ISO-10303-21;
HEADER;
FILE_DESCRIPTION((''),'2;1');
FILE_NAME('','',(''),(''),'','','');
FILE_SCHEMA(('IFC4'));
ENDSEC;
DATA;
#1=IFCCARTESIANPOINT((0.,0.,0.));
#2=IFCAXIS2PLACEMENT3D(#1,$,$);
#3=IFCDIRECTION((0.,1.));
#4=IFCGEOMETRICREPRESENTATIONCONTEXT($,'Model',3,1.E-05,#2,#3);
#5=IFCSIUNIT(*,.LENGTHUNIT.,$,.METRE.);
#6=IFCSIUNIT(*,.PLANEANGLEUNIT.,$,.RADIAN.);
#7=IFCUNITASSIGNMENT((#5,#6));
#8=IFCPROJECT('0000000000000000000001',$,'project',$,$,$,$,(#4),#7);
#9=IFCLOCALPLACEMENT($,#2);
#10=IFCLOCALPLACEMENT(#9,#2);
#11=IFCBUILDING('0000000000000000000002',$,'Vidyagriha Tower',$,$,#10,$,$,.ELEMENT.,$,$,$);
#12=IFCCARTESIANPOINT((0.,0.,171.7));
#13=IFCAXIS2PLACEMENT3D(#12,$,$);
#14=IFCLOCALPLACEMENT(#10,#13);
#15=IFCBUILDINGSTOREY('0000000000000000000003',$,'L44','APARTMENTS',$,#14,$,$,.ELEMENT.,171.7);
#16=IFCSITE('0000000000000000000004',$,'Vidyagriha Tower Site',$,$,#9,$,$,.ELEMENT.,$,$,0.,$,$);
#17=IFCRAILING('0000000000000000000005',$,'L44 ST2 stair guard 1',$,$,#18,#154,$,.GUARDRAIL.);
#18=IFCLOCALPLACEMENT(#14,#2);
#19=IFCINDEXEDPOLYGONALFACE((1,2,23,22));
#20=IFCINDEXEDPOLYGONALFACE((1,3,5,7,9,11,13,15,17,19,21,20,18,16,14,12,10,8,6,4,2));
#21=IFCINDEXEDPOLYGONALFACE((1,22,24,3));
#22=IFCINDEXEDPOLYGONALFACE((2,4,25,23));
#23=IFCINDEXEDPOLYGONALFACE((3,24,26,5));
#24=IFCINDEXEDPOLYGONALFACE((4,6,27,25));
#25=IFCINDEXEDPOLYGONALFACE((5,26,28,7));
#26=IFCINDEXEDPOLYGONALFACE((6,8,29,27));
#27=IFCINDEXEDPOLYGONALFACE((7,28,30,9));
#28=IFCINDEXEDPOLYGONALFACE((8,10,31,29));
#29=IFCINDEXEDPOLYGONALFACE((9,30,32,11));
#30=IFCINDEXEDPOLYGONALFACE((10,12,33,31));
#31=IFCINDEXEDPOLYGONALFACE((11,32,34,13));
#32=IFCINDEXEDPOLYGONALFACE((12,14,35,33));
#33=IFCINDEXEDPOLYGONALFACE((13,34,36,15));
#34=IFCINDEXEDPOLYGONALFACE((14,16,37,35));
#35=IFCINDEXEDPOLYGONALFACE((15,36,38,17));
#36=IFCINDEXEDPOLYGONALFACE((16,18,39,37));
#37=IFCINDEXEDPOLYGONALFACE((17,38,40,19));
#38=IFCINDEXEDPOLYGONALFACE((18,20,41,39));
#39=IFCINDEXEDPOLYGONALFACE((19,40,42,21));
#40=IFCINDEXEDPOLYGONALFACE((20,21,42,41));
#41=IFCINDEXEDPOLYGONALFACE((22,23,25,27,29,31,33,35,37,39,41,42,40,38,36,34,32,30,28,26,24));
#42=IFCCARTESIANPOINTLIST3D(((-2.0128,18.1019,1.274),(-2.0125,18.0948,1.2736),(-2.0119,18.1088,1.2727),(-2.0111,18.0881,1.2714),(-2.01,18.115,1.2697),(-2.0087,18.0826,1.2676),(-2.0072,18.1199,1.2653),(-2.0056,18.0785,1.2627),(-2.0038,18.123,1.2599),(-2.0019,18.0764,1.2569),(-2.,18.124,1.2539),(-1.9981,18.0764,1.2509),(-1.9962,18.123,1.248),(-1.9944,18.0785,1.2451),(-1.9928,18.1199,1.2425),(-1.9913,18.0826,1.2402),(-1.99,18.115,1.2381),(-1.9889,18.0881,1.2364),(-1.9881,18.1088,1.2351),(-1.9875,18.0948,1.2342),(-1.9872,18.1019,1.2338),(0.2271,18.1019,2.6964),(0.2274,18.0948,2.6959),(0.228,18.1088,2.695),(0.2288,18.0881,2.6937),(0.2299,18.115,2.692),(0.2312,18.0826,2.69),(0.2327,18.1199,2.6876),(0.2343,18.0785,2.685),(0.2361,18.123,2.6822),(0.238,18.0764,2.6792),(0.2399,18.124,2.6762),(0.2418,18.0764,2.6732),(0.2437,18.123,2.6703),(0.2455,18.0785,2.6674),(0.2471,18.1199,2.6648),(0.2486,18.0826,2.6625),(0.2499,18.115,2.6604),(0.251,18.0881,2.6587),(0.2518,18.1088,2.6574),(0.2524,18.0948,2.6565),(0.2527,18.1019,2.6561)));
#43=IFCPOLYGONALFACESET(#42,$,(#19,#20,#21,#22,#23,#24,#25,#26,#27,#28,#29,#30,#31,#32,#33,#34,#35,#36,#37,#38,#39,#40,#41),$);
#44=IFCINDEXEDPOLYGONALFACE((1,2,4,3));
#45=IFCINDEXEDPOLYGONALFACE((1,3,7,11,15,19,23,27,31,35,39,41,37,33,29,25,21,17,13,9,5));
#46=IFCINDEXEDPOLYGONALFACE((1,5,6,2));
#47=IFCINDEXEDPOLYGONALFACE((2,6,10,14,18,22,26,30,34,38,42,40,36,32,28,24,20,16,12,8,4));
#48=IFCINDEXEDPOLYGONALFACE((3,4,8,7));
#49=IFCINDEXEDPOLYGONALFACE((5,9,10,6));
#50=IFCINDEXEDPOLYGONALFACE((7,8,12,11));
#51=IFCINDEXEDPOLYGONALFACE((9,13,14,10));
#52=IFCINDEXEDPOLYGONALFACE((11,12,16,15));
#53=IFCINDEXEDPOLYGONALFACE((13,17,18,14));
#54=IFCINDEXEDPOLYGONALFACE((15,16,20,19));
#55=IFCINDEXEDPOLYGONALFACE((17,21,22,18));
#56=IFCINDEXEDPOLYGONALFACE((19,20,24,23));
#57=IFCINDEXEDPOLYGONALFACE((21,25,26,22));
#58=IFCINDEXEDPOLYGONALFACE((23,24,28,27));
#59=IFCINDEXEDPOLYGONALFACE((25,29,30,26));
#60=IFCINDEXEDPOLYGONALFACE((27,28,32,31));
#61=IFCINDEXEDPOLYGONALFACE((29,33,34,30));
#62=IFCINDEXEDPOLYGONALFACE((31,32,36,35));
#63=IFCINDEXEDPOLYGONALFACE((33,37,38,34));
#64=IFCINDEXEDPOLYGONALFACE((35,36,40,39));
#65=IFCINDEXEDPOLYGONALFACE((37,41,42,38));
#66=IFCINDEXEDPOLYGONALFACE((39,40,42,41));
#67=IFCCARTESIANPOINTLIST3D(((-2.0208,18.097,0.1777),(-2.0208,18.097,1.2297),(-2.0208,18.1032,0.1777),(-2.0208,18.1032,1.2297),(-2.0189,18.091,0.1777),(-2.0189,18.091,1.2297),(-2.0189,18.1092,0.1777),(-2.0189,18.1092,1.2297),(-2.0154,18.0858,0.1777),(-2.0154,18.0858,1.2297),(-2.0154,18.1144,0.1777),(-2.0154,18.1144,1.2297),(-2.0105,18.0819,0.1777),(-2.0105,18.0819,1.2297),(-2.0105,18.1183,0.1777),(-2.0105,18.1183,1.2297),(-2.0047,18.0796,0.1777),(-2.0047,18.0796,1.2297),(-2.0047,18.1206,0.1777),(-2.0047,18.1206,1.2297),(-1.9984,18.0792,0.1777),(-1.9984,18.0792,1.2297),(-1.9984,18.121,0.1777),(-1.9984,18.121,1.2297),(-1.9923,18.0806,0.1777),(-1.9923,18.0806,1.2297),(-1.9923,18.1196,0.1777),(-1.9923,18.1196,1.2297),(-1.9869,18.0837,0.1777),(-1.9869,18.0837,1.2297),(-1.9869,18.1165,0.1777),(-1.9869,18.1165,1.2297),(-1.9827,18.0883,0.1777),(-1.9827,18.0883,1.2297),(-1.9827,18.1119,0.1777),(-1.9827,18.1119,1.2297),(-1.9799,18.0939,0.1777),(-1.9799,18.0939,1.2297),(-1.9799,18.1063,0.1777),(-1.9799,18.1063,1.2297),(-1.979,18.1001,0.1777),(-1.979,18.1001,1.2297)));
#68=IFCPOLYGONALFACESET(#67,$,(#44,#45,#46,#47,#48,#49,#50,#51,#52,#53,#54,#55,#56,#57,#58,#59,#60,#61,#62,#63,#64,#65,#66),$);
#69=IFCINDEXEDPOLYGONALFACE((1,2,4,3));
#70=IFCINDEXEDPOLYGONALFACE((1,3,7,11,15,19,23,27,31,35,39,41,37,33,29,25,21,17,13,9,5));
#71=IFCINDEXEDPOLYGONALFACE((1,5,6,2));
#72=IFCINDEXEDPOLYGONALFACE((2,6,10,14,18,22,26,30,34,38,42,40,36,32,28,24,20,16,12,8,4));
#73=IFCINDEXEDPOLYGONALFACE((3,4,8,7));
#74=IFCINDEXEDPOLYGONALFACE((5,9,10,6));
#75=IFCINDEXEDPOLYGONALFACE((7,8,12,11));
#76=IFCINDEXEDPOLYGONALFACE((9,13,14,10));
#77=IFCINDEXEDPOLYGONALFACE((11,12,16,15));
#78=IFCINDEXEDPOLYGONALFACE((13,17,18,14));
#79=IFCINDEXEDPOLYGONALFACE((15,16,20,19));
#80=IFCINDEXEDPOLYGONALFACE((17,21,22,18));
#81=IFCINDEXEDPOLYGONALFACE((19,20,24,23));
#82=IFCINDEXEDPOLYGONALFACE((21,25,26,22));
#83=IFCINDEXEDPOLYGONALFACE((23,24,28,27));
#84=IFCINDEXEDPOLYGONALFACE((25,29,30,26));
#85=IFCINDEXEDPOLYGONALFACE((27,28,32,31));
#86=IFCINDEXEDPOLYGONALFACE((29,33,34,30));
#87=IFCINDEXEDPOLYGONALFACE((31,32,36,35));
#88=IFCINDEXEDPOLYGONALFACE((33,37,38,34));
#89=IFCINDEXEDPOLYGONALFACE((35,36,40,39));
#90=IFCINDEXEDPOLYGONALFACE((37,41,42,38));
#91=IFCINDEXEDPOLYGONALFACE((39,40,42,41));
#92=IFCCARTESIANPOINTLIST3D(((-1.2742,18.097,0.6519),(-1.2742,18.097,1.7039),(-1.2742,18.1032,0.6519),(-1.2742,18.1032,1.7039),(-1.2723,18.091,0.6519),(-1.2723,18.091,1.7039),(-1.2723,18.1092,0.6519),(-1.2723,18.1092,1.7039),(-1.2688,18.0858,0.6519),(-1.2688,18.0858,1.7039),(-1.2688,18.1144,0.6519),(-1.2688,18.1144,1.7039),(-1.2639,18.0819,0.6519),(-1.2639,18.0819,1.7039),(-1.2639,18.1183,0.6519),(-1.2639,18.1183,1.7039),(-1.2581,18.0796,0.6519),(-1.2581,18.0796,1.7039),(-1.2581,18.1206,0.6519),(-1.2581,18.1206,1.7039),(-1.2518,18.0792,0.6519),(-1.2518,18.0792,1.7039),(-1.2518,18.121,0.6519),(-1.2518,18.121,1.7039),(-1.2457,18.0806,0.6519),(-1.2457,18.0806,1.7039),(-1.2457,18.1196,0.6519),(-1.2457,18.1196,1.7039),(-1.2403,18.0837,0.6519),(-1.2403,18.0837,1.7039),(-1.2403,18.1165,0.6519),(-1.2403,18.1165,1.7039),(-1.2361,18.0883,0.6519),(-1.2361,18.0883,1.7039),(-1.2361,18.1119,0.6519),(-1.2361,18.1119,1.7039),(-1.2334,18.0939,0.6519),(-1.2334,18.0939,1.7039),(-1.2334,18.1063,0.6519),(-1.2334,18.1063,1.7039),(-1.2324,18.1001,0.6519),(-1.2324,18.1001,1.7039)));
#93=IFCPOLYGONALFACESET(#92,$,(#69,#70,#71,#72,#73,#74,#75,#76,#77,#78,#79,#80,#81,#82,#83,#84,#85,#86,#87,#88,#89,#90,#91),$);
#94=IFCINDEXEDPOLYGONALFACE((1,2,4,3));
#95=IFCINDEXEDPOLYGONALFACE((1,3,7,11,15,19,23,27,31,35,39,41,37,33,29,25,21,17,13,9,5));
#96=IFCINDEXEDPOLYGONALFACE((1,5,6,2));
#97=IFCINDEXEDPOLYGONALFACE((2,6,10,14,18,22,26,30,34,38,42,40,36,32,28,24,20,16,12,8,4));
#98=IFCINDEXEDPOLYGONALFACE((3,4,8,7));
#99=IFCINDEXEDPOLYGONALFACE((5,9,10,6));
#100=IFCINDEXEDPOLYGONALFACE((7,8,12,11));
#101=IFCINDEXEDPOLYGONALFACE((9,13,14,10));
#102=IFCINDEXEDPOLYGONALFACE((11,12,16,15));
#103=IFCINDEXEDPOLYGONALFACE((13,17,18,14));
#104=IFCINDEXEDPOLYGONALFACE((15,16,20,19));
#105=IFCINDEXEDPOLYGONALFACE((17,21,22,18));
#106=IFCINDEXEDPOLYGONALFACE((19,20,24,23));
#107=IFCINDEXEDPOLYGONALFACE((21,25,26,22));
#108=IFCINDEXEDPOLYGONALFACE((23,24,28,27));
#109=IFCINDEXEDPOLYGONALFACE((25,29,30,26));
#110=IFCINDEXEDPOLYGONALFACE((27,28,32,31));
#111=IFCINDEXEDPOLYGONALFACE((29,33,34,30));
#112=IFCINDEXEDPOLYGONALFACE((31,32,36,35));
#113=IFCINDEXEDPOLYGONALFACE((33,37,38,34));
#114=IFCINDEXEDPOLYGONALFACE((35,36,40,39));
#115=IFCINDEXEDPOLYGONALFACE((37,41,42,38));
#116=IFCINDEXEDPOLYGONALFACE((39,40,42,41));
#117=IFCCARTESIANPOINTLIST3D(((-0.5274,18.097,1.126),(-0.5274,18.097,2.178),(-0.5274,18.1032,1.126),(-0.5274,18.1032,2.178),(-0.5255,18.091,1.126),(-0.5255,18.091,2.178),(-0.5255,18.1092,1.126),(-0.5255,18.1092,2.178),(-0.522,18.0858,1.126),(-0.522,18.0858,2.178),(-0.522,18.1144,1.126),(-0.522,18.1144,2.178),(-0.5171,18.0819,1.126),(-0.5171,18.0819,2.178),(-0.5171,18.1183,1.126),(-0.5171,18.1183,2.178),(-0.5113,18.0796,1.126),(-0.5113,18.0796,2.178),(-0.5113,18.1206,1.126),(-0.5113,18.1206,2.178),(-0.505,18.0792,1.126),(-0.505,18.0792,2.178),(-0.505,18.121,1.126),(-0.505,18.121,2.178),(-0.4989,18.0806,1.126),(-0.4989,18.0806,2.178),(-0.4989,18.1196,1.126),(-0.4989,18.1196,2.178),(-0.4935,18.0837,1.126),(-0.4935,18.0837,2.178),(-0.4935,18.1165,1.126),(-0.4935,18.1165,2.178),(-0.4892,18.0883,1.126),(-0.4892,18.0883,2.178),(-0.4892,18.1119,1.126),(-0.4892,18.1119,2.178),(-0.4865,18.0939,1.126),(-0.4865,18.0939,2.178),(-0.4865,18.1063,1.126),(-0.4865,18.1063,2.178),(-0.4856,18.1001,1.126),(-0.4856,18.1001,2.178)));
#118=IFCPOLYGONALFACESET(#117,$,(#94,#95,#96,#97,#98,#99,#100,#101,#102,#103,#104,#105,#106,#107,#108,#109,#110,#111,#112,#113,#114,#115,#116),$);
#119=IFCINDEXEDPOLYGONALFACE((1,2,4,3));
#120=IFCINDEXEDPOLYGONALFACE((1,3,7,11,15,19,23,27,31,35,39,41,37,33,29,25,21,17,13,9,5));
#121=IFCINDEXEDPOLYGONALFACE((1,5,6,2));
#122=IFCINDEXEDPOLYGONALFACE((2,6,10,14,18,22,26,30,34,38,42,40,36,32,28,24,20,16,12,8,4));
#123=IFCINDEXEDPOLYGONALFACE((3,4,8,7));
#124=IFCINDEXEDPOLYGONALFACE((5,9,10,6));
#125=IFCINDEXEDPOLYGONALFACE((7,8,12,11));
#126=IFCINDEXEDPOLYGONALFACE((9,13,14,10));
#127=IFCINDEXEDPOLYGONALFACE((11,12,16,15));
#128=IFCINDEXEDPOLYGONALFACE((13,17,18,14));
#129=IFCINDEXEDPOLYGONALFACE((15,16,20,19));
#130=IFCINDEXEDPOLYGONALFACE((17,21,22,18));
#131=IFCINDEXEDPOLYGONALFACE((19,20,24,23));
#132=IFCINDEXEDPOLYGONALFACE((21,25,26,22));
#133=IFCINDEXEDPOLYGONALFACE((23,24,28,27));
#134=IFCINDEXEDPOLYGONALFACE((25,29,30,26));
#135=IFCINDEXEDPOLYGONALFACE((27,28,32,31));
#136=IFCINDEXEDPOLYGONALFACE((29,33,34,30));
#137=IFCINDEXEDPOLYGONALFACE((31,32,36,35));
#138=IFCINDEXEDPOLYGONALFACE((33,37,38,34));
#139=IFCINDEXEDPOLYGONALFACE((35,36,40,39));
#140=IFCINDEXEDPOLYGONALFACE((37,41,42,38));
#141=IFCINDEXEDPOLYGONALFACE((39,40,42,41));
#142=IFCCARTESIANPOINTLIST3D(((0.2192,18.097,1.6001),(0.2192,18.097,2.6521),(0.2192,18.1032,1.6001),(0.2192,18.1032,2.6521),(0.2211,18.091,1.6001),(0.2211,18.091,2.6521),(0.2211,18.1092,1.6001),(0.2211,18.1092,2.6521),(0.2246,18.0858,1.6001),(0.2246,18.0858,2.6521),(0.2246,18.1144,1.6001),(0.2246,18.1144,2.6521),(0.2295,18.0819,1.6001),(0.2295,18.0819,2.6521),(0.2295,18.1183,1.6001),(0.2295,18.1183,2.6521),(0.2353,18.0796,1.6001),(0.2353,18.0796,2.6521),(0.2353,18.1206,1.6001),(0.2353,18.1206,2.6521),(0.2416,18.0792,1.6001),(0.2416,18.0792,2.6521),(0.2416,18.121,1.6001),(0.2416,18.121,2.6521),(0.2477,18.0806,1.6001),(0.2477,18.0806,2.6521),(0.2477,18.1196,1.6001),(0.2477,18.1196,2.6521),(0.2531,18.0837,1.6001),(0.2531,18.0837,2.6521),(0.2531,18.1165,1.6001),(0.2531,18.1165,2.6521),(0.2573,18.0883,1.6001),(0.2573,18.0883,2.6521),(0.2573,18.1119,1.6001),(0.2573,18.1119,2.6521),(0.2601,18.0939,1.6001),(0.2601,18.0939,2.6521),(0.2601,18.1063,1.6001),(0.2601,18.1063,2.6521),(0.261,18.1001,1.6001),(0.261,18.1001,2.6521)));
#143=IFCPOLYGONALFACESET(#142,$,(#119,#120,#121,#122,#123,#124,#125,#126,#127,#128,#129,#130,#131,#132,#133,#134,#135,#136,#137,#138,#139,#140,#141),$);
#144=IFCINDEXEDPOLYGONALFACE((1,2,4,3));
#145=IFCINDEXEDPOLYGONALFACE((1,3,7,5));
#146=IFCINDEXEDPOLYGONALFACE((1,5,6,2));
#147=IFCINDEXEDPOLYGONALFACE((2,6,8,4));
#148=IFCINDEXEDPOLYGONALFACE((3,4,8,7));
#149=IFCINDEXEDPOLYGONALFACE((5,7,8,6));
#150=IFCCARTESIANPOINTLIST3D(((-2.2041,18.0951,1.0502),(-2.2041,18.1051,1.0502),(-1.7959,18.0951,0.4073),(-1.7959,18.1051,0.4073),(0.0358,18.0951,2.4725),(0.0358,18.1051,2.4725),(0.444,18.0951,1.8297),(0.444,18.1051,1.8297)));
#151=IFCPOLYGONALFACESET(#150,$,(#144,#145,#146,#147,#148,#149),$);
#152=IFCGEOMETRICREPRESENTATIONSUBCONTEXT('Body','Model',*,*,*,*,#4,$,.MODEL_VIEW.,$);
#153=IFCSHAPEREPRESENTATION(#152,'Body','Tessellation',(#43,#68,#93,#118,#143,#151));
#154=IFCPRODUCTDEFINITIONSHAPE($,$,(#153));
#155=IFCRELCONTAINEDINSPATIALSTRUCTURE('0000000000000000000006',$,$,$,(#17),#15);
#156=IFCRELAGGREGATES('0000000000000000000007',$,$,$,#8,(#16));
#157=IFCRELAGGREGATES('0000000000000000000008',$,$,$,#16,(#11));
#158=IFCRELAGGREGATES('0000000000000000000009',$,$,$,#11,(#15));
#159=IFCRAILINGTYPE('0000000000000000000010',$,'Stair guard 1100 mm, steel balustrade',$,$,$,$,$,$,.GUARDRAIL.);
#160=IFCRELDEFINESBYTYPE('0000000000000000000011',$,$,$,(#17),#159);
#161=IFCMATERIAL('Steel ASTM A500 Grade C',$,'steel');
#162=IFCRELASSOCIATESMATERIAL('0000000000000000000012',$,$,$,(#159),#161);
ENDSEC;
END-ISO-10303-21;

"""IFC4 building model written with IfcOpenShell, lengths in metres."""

from ifc_helpers import new_model, si_unit, direction, frame, origin, origin_2d, place, context, subcontext, project, spatial, rectangle, circle, extrude, material, type_object, element, save


model = new_model("IFC4")

# Units and contexts
model_context = context("Model", 3, precision=1e-05, world=origin(), true_north=direction((0.0, 1.0)))
body_context = subcontext(model_context, "Body", "Model", "MODEL_VIEW")
ifc_project = project(units=[si_unit("LENGTHUNIT", "METRE"), si_unit("PLANEANGLEUNIT", "RADIAN")], contexts=[model_context])

# Site, building, storey
site_placement = place(None, origin())
site = spatial("IfcSite", under=ifc_project, at=site_placement, Name="Vidyagriha Tower Site", CompositionType="ELEMENT", RefElevation=0.0)
building_placement = place(site_placement, origin())
building = spatial("IfcBuilding", under=site, at=building_placement, Name="Vidyagriha Tower", CompositionType="ELEMENT")
storey_placement = place(building_placement, frame((0.0, 0.0, 171.7)))
storey = spatial("IfcBuildingStorey", under=building, at=storey_placement, Name="L44", Description="APARTMENTS", CompositionType="ELEMENT", Elevation=171.7)

# Railing
ifc_material_1 = material(Name="Steel ASTM A500 Grade C", Category="steel")
railing_type_1 = type_object("IfcRailingType", Name="Stair guard 1100 mm, steel balustrade", PredefinedType="GUARDRAIL", material=ifc_material_1)
railing_1_placement = place(storey_placement, frame((-2.0, 18.1001, 0.1777)))
element("IfcRailing", 1, at=railing_1_placement, inside=storey, type_object=railing_type_1, Name="L44 ST2 stair guard 1", PredefinedType="GUARDRAIL", context=body_context, shape_type="SweptSolid", body=[
    extrude(circle(Radius=0.0239, at=origin_2d()), frame((0.0, 0.0, 1.0762), z_axis=(0.844188, 0.0, 0.536048), x_axis=(0.0, 1.0, 0.0)), (0.0, 0.0, 1.0), 2.6533),
    extrude(circle(Radius=0.021, at=origin_2d()), origin(), (0.0, 0.0, 1.0), 1.052),
    extrude(circle(Radius=0.021, at=origin_2d()), frame((0.7466, 0.0, 0.4741)), (0.0, 0.0, 1.0), 1.052),
    extrude(circle(Radius=0.021, at=origin_2d()), frame((1.4934, 0.0, 0.9482)), (0.0, 0.0, 1.0), 1.052),
    extrude(circle(Radius=0.021, at=origin_2d()), frame((2.24, 0.0, 1.4224)), (0.0, 0.0, 1.0), 1.052),
    extrude(rectangle(XDim=0.01, YDim=0.7615, at=origin_2d()), frame((0.0, 0.0, 0.551), z_axis=(0.844188, 0.0, 0.536048), x_axis=(0.0, 1.0, 0.0)), (0.0, 0.0, 1.0), 2.6533),
])

save(model, "model.ifc")
